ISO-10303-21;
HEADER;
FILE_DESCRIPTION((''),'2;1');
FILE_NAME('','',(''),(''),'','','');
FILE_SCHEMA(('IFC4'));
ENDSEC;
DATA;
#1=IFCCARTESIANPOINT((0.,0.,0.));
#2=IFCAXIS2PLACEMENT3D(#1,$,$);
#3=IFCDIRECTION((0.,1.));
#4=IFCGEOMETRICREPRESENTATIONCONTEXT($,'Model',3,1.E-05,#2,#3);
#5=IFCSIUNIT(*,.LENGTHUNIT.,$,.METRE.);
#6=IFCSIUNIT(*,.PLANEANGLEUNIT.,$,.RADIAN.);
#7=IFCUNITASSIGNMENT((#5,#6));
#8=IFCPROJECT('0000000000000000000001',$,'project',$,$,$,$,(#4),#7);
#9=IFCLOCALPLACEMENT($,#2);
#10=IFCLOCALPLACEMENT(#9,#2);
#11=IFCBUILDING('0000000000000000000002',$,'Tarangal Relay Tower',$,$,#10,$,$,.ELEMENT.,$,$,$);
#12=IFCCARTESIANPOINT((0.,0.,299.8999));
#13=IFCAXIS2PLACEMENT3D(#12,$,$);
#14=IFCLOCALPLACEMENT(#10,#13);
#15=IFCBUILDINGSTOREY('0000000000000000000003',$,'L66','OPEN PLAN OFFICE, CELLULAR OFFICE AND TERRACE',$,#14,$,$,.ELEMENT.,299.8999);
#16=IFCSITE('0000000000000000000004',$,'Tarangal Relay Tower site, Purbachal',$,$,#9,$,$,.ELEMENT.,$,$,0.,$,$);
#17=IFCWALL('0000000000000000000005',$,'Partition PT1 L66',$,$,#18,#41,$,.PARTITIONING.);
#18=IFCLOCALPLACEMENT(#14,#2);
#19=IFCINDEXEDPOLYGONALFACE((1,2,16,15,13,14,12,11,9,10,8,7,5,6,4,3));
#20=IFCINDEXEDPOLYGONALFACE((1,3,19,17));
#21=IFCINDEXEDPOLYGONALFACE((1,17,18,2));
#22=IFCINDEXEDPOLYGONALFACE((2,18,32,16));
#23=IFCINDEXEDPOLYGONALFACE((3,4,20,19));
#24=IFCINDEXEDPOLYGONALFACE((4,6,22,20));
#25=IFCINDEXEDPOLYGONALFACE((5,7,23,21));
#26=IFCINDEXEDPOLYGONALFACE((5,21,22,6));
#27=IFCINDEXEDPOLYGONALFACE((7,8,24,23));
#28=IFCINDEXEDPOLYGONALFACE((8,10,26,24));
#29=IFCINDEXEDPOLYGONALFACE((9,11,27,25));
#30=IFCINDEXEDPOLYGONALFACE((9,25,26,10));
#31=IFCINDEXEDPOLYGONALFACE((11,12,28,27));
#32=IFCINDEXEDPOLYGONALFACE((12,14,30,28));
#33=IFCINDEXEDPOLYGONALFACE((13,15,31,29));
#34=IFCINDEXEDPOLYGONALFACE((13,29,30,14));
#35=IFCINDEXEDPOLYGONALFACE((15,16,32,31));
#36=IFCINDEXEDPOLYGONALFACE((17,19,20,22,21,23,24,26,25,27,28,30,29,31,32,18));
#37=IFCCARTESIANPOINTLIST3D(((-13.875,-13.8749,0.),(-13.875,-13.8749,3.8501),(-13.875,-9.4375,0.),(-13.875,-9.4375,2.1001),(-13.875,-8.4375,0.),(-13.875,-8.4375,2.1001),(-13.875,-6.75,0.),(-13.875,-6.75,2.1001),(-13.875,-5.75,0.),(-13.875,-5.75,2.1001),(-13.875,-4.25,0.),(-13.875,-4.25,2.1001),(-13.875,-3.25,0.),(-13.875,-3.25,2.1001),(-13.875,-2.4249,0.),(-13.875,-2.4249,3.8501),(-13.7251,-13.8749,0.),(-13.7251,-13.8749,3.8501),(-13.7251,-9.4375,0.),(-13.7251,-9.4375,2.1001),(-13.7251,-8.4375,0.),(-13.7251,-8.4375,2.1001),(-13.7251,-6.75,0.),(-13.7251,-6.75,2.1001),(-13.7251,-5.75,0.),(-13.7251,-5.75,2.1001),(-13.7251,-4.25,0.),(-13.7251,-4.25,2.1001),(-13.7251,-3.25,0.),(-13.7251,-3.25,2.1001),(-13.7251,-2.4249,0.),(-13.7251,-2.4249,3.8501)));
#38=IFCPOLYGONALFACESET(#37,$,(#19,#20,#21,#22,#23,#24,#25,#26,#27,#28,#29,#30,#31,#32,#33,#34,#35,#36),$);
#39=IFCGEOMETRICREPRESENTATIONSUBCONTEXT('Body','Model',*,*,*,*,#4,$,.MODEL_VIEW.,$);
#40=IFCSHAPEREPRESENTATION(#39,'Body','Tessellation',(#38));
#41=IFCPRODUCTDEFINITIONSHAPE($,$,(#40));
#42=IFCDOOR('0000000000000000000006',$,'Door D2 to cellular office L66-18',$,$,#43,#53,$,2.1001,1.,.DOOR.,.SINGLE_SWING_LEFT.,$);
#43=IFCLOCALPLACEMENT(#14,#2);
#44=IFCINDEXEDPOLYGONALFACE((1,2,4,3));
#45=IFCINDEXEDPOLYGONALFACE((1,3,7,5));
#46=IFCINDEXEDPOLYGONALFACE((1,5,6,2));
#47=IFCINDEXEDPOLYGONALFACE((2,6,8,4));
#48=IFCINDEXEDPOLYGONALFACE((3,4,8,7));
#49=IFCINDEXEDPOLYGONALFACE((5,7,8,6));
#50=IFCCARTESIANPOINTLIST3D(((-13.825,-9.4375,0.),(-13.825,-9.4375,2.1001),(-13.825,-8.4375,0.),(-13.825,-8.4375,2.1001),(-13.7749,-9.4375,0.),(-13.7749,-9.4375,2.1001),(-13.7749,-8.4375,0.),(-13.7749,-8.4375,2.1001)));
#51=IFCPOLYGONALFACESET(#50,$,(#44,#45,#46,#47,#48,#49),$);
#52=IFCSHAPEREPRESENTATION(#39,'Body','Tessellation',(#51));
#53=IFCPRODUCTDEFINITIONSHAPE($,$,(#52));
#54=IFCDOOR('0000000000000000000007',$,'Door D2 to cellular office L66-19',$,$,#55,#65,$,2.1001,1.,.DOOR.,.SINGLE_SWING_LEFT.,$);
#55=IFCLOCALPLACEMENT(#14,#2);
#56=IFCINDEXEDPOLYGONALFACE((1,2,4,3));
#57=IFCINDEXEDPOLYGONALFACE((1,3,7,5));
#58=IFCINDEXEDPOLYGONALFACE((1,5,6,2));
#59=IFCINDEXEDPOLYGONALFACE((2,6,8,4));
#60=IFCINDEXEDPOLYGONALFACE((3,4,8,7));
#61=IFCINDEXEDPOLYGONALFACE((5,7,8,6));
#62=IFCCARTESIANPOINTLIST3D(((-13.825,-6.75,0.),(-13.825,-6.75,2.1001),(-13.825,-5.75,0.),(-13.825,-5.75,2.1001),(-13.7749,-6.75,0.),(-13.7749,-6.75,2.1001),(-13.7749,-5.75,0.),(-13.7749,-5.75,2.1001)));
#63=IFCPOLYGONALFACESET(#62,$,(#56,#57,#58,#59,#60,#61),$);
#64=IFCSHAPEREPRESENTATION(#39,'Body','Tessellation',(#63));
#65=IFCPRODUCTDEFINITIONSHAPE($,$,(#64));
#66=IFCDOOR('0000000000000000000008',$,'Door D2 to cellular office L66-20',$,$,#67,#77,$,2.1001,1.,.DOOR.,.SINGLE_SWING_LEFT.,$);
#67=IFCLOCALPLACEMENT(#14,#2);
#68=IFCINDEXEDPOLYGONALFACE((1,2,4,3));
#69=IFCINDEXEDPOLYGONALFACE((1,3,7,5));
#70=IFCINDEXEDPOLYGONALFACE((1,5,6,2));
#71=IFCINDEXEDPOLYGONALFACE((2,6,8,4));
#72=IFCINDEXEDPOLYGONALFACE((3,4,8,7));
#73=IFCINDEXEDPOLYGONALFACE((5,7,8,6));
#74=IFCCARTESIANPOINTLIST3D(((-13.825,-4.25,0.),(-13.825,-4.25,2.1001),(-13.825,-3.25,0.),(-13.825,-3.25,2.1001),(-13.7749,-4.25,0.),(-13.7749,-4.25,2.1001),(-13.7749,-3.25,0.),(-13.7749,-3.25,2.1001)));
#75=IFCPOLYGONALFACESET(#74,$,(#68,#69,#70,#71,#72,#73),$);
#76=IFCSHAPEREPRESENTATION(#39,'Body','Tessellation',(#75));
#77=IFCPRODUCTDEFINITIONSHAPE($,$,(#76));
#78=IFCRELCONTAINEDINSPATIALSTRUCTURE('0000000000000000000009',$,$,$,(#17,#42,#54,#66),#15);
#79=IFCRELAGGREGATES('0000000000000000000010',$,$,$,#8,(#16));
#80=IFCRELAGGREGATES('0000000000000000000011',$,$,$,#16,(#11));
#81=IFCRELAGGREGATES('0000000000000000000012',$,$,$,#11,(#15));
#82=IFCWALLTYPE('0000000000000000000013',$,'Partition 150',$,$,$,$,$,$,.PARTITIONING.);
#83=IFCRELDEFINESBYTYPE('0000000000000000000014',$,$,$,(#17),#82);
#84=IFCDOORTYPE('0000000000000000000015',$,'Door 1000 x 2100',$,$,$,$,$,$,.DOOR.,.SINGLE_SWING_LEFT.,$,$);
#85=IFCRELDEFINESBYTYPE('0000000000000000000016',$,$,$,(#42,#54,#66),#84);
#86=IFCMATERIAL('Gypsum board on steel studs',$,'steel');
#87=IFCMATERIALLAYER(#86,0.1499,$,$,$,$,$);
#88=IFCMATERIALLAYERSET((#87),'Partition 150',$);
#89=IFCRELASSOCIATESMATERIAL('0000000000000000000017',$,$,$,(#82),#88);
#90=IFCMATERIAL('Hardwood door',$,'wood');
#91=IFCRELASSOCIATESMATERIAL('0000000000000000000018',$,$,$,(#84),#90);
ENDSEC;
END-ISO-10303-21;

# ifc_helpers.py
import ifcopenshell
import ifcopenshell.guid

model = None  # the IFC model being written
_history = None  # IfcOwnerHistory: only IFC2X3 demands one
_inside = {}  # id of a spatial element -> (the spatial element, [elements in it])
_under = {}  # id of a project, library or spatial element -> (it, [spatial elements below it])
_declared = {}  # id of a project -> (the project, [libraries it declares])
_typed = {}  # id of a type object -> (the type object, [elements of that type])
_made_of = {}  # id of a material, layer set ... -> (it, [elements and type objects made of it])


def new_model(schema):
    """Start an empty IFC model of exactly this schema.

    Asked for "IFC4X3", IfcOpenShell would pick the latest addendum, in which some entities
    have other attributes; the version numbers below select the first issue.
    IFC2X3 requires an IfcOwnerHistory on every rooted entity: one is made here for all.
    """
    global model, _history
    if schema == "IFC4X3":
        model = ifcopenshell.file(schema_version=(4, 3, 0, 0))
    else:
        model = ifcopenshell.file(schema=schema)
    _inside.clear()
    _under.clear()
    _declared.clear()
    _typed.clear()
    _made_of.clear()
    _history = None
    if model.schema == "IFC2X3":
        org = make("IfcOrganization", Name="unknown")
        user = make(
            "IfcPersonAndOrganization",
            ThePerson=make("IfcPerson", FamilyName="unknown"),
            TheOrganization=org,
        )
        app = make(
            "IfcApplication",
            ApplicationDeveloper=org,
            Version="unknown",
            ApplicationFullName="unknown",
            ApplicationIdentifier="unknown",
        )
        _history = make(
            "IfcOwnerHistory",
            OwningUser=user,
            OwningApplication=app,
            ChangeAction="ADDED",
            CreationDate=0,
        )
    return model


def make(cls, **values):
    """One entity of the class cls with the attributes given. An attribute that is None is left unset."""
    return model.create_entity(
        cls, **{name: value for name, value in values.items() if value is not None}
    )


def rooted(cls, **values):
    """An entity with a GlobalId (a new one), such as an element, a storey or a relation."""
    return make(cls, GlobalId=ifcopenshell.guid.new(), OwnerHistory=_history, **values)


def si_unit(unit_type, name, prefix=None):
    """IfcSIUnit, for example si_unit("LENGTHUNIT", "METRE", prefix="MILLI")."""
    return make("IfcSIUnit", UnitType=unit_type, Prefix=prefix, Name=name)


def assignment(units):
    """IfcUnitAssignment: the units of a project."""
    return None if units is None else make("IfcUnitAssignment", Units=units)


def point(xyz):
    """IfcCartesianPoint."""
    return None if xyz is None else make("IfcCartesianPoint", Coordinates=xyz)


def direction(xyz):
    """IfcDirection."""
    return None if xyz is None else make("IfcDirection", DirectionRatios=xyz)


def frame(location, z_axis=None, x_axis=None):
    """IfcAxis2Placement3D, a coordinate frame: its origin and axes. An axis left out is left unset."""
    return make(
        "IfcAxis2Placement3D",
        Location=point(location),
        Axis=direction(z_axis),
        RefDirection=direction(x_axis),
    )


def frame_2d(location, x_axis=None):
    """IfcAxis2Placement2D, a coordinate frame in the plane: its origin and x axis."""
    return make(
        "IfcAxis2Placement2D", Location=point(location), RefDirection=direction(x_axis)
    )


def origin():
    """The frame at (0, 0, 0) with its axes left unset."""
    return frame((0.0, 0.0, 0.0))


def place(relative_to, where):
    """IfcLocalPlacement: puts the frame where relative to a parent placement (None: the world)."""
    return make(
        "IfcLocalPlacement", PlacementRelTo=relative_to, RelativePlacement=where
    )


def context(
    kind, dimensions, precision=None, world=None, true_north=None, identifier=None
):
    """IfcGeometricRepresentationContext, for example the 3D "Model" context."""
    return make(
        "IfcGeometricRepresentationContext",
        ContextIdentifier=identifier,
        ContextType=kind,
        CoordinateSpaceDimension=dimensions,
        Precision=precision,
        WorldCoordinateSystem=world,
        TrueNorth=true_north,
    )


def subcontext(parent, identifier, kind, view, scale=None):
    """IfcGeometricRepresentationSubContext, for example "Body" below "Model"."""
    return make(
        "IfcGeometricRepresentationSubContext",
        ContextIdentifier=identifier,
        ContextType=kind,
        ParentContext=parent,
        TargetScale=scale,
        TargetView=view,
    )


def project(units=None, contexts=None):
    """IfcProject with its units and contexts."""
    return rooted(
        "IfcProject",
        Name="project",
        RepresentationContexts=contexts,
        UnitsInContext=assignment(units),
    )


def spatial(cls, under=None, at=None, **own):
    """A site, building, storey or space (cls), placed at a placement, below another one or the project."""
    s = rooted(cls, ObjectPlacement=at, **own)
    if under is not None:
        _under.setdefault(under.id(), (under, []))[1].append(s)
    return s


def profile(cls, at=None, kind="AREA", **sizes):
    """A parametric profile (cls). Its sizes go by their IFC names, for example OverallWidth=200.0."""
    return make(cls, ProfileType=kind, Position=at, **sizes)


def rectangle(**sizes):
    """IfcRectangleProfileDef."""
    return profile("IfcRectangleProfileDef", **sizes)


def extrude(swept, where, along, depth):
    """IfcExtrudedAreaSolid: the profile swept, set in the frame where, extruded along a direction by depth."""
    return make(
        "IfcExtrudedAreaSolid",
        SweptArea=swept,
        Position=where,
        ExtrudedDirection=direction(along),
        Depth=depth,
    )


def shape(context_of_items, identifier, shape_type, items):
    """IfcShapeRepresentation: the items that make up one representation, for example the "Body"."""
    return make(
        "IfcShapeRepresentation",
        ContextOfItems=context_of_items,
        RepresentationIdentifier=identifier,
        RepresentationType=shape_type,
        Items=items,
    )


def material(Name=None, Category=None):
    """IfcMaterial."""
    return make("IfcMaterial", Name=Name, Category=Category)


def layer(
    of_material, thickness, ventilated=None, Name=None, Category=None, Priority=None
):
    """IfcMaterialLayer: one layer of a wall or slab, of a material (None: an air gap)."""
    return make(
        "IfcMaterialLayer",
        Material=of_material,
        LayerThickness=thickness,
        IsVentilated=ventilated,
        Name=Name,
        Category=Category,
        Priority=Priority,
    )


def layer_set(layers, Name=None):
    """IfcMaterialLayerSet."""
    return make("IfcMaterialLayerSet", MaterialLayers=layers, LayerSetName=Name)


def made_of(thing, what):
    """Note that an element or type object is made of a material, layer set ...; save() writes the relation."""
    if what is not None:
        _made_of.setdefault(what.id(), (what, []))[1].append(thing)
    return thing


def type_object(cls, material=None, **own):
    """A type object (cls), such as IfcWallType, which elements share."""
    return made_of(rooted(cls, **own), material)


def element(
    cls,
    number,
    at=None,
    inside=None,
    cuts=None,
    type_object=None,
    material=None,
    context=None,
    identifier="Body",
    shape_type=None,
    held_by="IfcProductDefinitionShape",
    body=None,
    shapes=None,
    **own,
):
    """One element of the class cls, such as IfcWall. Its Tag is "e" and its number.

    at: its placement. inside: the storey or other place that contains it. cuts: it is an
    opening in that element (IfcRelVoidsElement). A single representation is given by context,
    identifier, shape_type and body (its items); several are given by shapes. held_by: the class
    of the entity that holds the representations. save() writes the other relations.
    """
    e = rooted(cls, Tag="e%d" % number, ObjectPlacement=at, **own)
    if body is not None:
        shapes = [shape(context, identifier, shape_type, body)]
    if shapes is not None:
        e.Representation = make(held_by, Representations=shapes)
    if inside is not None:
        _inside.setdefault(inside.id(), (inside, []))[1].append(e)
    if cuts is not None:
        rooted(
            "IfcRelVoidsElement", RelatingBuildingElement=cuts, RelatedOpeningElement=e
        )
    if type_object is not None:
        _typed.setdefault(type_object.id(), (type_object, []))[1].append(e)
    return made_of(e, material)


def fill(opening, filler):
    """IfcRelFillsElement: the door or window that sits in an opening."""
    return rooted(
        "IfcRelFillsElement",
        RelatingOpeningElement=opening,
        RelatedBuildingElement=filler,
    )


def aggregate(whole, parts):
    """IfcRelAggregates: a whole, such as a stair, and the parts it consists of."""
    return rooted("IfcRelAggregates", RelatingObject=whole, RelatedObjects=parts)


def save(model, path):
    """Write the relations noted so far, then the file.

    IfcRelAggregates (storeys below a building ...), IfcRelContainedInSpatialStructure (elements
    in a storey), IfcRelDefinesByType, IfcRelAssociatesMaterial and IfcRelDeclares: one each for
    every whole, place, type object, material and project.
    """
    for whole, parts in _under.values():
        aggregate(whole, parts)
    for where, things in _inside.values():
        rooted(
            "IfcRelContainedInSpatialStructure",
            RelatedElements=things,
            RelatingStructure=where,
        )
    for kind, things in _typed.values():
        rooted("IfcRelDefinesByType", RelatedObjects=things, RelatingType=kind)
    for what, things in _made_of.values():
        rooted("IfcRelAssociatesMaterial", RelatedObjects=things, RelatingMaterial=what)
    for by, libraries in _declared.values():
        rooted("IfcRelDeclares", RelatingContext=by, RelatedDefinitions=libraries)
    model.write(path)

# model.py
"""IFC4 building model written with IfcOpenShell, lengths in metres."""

from ifc_helpers import new_model, si_unit, direction, frame, frame_2d, origin, place, context, subcontext, project, spatial, rectangle, extrude, material, layer, layer_set, type_object, element, fill, save


model = new_model("IFC4")

# Units and contexts
model_context = context("Model", 3, precision=1e-05, world=origin(), true_north=direction((0.0, 1.0)))
body_context = subcontext(model_context, "Body", "Model", "MODEL_VIEW")
ifc_project = project(units=[si_unit("LENGTHUNIT", "METRE"), si_unit("PLANEANGLEUNIT", "RADIAN")], contexts=[model_context])

# Site, building, storey
site_placement = place(None, origin())
site = spatial("IfcSite", under=ifc_project, at=site_placement, Name="Tarangal Relay Tower site, Purbachal", CompositionType="ELEMENT", RefElevation=0.0)
building_placement = place(site_placement, origin())
building = spatial("IfcBuilding", under=site, at=building_placement, Name="Tarangal Relay Tower", CompositionType="ELEMENT")
storey_placement = place(building_placement, frame((0.0, 0.0, 299.8999)))
storey = spatial("IfcBuildingStorey", under=building, at=storey_placement, Name="L66", Description="OPEN PLAN OFFICE, CELLULAR OFFICE AND TERRACE", CompositionType="ELEMENT", Elevation=299.8999)

# Wall, openings, doors
ifc_material_1 = material(Name="Gypsum board on steel studs", Category="steel")
ifc_layer_1 = layer(ifc_material_1, 0.1499)
ifc_layer_set_1 = layer_set([ifc_layer_1], Name="Partition 150")
wall_type_1 = type_object("IfcWallType", Name="Partition 150", PredefinedType="PARTITIONING", material=ifc_layer_set_1)
ifc_material_2 = material(Name="Hardwood door", Category="wood")
door_type_1 = type_object("IfcDoorType", Name="Door 1000 x 2100", OperationType="SINGLE_SWING_LEFT", PredefinedType="DOOR", material=ifc_material_2)
wall_1_placement = place(storey_placement, frame((-13.8, -13.875, 0.0), z_axis=(0.0, 0.0, 1.0), x_axis=(0.0, 1.0, 0.0)))
wall_1 = element("IfcWall", 1, at=wall_1_placement, inside=storey, type_object=wall_type_1, Name="Partition PT1 L66", PredefinedType="PARTITIONING", context=body_context, shape_type="SweptSolid", body=[
    extrude(rectangle(XDim=11.45, YDim=0.1499, at=frame_2d((5.7251, 0.0))), origin(), (0.0, 0.0, 1.0), 3.8501),
])
opening_1_placement = place(wall_1_placement, frame((4.4375, 0.0, 0.0)))
opening_1 = element("IfcOpeningElement", 2, at=opening_1_placement, cuts=wall_1, PredefinedType="OPENING", context=body_context, shape_type="SweptSolid", body=[
    extrude(rectangle(XDim=1.0, YDim=2.1001, at=frame_2d((0.5, 1.05))), frame((0.0, 0.085, 0.0), z_axis=(0.0, -1.0, 0.0), x_axis=(1.0, 0.0, 0.0)), (0.0, 0.0, 1.0), 0.1699),
])
opening_2_placement = place(wall_1_placement, frame((7.125, 0.0, 0.0)))
opening_2 = element("IfcOpeningElement", 3, at=opening_2_placement, cuts=wall_1, PredefinedType="OPENING", context=body_context, shape_type="SweptSolid", body=[
    extrude(rectangle(XDim=1.0, YDim=2.1001, at=frame_2d((0.5, 1.05))), frame((0.0, 0.085, 0.0), z_axis=(0.0, -1.0, 0.0), x_axis=(1.0, 0.0, 0.0)), (0.0, 0.0, 1.0), 0.1699),
])
opening_3_placement = place(wall_1_placement, frame((9.625, 0.0, 0.0)))
opening_3 = element("IfcOpeningElement", 4, at=opening_3_placement, cuts=wall_1, PredefinedType="OPENING", context=body_context, shape_type="SweptSolid", body=[
    extrude(rectangle(XDim=1.0, YDim=2.1001, at=frame_2d((0.5, 1.05))), frame((0.0, 0.085, 0.0), z_axis=(0.0, -1.0, 0.0), x_axis=(1.0, 0.0, 0.0)), (0.0, 0.0, 1.0), 0.1699),
])
door_1_placement = place(opening_1_placement, origin())
door_1 = element("IfcDoor", 5, at=door_1_placement, inside=storey, type_object=door_type_1, Name="Door D2 to cellular office L66-18", OperationType="SINGLE_SWING_LEFT", OverallHeight=2.1001, OverallWidth=1.0, PredefinedType="DOOR", context=body_context, shape_type="SweptSolid", body=[
    extrude(rectangle(XDim=1.0, YDim=2.1001, at=frame_2d((0.5, 1.05))), frame((0.0, 0.0249, 0.0), z_axis=(0.0, -1.0, 0.0), x_axis=(1.0, 0.0, 0.0)), (0.0, 0.0, 1.0), 0.05),
])
fill(opening_1, door_1)
door_2_placement = place(opening_2_placement, origin())
door_2 = element("IfcDoor", 6, at=door_2_placement, inside=storey, type_object=door_type_1, Name="Door D2 to cellular office L66-19", OperationType="SINGLE_SWING_LEFT", OverallHeight=2.1001, OverallWidth=1.0, PredefinedType="DOOR", context=body_context, shape_type="SweptSolid", body=[
    extrude(rectangle(XDim=1.0, YDim=2.1001, at=frame_2d((0.5, 1.05))), frame((0.0, 0.0249, 0.0), z_axis=(0.0, -1.0, 0.0), x_axis=(1.0, 0.0, 0.0)), (0.0, 0.0, 1.0), 0.05),
])
fill(opening_2, door_2)
door_3_placement = place(opening_3_placement, origin())
door_3 = element("IfcDoor", 7, at=door_3_placement, inside=storey, type_object=door_type_1, Name="Door D2 to cellular office L66-20", OperationType="SINGLE_SWING_LEFT", OverallHeight=2.1001, OverallWidth=1.0, PredefinedType="DOOR", context=body_context, shape_type="SweptSolid", body=[
    extrude(rectangle(XDim=1.0, YDim=2.1001, at=frame_2d((0.5, 1.05))), frame((0.0, 0.0249, 0.0), z_axis=(0.0, -1.0, 0.0), x_axis=(1.0, 0.0, 0.0)), (0.0, 0.0, 1.0), 0.05),
])
fill(opening_3, door_3)

save(model, "model.ifc")
